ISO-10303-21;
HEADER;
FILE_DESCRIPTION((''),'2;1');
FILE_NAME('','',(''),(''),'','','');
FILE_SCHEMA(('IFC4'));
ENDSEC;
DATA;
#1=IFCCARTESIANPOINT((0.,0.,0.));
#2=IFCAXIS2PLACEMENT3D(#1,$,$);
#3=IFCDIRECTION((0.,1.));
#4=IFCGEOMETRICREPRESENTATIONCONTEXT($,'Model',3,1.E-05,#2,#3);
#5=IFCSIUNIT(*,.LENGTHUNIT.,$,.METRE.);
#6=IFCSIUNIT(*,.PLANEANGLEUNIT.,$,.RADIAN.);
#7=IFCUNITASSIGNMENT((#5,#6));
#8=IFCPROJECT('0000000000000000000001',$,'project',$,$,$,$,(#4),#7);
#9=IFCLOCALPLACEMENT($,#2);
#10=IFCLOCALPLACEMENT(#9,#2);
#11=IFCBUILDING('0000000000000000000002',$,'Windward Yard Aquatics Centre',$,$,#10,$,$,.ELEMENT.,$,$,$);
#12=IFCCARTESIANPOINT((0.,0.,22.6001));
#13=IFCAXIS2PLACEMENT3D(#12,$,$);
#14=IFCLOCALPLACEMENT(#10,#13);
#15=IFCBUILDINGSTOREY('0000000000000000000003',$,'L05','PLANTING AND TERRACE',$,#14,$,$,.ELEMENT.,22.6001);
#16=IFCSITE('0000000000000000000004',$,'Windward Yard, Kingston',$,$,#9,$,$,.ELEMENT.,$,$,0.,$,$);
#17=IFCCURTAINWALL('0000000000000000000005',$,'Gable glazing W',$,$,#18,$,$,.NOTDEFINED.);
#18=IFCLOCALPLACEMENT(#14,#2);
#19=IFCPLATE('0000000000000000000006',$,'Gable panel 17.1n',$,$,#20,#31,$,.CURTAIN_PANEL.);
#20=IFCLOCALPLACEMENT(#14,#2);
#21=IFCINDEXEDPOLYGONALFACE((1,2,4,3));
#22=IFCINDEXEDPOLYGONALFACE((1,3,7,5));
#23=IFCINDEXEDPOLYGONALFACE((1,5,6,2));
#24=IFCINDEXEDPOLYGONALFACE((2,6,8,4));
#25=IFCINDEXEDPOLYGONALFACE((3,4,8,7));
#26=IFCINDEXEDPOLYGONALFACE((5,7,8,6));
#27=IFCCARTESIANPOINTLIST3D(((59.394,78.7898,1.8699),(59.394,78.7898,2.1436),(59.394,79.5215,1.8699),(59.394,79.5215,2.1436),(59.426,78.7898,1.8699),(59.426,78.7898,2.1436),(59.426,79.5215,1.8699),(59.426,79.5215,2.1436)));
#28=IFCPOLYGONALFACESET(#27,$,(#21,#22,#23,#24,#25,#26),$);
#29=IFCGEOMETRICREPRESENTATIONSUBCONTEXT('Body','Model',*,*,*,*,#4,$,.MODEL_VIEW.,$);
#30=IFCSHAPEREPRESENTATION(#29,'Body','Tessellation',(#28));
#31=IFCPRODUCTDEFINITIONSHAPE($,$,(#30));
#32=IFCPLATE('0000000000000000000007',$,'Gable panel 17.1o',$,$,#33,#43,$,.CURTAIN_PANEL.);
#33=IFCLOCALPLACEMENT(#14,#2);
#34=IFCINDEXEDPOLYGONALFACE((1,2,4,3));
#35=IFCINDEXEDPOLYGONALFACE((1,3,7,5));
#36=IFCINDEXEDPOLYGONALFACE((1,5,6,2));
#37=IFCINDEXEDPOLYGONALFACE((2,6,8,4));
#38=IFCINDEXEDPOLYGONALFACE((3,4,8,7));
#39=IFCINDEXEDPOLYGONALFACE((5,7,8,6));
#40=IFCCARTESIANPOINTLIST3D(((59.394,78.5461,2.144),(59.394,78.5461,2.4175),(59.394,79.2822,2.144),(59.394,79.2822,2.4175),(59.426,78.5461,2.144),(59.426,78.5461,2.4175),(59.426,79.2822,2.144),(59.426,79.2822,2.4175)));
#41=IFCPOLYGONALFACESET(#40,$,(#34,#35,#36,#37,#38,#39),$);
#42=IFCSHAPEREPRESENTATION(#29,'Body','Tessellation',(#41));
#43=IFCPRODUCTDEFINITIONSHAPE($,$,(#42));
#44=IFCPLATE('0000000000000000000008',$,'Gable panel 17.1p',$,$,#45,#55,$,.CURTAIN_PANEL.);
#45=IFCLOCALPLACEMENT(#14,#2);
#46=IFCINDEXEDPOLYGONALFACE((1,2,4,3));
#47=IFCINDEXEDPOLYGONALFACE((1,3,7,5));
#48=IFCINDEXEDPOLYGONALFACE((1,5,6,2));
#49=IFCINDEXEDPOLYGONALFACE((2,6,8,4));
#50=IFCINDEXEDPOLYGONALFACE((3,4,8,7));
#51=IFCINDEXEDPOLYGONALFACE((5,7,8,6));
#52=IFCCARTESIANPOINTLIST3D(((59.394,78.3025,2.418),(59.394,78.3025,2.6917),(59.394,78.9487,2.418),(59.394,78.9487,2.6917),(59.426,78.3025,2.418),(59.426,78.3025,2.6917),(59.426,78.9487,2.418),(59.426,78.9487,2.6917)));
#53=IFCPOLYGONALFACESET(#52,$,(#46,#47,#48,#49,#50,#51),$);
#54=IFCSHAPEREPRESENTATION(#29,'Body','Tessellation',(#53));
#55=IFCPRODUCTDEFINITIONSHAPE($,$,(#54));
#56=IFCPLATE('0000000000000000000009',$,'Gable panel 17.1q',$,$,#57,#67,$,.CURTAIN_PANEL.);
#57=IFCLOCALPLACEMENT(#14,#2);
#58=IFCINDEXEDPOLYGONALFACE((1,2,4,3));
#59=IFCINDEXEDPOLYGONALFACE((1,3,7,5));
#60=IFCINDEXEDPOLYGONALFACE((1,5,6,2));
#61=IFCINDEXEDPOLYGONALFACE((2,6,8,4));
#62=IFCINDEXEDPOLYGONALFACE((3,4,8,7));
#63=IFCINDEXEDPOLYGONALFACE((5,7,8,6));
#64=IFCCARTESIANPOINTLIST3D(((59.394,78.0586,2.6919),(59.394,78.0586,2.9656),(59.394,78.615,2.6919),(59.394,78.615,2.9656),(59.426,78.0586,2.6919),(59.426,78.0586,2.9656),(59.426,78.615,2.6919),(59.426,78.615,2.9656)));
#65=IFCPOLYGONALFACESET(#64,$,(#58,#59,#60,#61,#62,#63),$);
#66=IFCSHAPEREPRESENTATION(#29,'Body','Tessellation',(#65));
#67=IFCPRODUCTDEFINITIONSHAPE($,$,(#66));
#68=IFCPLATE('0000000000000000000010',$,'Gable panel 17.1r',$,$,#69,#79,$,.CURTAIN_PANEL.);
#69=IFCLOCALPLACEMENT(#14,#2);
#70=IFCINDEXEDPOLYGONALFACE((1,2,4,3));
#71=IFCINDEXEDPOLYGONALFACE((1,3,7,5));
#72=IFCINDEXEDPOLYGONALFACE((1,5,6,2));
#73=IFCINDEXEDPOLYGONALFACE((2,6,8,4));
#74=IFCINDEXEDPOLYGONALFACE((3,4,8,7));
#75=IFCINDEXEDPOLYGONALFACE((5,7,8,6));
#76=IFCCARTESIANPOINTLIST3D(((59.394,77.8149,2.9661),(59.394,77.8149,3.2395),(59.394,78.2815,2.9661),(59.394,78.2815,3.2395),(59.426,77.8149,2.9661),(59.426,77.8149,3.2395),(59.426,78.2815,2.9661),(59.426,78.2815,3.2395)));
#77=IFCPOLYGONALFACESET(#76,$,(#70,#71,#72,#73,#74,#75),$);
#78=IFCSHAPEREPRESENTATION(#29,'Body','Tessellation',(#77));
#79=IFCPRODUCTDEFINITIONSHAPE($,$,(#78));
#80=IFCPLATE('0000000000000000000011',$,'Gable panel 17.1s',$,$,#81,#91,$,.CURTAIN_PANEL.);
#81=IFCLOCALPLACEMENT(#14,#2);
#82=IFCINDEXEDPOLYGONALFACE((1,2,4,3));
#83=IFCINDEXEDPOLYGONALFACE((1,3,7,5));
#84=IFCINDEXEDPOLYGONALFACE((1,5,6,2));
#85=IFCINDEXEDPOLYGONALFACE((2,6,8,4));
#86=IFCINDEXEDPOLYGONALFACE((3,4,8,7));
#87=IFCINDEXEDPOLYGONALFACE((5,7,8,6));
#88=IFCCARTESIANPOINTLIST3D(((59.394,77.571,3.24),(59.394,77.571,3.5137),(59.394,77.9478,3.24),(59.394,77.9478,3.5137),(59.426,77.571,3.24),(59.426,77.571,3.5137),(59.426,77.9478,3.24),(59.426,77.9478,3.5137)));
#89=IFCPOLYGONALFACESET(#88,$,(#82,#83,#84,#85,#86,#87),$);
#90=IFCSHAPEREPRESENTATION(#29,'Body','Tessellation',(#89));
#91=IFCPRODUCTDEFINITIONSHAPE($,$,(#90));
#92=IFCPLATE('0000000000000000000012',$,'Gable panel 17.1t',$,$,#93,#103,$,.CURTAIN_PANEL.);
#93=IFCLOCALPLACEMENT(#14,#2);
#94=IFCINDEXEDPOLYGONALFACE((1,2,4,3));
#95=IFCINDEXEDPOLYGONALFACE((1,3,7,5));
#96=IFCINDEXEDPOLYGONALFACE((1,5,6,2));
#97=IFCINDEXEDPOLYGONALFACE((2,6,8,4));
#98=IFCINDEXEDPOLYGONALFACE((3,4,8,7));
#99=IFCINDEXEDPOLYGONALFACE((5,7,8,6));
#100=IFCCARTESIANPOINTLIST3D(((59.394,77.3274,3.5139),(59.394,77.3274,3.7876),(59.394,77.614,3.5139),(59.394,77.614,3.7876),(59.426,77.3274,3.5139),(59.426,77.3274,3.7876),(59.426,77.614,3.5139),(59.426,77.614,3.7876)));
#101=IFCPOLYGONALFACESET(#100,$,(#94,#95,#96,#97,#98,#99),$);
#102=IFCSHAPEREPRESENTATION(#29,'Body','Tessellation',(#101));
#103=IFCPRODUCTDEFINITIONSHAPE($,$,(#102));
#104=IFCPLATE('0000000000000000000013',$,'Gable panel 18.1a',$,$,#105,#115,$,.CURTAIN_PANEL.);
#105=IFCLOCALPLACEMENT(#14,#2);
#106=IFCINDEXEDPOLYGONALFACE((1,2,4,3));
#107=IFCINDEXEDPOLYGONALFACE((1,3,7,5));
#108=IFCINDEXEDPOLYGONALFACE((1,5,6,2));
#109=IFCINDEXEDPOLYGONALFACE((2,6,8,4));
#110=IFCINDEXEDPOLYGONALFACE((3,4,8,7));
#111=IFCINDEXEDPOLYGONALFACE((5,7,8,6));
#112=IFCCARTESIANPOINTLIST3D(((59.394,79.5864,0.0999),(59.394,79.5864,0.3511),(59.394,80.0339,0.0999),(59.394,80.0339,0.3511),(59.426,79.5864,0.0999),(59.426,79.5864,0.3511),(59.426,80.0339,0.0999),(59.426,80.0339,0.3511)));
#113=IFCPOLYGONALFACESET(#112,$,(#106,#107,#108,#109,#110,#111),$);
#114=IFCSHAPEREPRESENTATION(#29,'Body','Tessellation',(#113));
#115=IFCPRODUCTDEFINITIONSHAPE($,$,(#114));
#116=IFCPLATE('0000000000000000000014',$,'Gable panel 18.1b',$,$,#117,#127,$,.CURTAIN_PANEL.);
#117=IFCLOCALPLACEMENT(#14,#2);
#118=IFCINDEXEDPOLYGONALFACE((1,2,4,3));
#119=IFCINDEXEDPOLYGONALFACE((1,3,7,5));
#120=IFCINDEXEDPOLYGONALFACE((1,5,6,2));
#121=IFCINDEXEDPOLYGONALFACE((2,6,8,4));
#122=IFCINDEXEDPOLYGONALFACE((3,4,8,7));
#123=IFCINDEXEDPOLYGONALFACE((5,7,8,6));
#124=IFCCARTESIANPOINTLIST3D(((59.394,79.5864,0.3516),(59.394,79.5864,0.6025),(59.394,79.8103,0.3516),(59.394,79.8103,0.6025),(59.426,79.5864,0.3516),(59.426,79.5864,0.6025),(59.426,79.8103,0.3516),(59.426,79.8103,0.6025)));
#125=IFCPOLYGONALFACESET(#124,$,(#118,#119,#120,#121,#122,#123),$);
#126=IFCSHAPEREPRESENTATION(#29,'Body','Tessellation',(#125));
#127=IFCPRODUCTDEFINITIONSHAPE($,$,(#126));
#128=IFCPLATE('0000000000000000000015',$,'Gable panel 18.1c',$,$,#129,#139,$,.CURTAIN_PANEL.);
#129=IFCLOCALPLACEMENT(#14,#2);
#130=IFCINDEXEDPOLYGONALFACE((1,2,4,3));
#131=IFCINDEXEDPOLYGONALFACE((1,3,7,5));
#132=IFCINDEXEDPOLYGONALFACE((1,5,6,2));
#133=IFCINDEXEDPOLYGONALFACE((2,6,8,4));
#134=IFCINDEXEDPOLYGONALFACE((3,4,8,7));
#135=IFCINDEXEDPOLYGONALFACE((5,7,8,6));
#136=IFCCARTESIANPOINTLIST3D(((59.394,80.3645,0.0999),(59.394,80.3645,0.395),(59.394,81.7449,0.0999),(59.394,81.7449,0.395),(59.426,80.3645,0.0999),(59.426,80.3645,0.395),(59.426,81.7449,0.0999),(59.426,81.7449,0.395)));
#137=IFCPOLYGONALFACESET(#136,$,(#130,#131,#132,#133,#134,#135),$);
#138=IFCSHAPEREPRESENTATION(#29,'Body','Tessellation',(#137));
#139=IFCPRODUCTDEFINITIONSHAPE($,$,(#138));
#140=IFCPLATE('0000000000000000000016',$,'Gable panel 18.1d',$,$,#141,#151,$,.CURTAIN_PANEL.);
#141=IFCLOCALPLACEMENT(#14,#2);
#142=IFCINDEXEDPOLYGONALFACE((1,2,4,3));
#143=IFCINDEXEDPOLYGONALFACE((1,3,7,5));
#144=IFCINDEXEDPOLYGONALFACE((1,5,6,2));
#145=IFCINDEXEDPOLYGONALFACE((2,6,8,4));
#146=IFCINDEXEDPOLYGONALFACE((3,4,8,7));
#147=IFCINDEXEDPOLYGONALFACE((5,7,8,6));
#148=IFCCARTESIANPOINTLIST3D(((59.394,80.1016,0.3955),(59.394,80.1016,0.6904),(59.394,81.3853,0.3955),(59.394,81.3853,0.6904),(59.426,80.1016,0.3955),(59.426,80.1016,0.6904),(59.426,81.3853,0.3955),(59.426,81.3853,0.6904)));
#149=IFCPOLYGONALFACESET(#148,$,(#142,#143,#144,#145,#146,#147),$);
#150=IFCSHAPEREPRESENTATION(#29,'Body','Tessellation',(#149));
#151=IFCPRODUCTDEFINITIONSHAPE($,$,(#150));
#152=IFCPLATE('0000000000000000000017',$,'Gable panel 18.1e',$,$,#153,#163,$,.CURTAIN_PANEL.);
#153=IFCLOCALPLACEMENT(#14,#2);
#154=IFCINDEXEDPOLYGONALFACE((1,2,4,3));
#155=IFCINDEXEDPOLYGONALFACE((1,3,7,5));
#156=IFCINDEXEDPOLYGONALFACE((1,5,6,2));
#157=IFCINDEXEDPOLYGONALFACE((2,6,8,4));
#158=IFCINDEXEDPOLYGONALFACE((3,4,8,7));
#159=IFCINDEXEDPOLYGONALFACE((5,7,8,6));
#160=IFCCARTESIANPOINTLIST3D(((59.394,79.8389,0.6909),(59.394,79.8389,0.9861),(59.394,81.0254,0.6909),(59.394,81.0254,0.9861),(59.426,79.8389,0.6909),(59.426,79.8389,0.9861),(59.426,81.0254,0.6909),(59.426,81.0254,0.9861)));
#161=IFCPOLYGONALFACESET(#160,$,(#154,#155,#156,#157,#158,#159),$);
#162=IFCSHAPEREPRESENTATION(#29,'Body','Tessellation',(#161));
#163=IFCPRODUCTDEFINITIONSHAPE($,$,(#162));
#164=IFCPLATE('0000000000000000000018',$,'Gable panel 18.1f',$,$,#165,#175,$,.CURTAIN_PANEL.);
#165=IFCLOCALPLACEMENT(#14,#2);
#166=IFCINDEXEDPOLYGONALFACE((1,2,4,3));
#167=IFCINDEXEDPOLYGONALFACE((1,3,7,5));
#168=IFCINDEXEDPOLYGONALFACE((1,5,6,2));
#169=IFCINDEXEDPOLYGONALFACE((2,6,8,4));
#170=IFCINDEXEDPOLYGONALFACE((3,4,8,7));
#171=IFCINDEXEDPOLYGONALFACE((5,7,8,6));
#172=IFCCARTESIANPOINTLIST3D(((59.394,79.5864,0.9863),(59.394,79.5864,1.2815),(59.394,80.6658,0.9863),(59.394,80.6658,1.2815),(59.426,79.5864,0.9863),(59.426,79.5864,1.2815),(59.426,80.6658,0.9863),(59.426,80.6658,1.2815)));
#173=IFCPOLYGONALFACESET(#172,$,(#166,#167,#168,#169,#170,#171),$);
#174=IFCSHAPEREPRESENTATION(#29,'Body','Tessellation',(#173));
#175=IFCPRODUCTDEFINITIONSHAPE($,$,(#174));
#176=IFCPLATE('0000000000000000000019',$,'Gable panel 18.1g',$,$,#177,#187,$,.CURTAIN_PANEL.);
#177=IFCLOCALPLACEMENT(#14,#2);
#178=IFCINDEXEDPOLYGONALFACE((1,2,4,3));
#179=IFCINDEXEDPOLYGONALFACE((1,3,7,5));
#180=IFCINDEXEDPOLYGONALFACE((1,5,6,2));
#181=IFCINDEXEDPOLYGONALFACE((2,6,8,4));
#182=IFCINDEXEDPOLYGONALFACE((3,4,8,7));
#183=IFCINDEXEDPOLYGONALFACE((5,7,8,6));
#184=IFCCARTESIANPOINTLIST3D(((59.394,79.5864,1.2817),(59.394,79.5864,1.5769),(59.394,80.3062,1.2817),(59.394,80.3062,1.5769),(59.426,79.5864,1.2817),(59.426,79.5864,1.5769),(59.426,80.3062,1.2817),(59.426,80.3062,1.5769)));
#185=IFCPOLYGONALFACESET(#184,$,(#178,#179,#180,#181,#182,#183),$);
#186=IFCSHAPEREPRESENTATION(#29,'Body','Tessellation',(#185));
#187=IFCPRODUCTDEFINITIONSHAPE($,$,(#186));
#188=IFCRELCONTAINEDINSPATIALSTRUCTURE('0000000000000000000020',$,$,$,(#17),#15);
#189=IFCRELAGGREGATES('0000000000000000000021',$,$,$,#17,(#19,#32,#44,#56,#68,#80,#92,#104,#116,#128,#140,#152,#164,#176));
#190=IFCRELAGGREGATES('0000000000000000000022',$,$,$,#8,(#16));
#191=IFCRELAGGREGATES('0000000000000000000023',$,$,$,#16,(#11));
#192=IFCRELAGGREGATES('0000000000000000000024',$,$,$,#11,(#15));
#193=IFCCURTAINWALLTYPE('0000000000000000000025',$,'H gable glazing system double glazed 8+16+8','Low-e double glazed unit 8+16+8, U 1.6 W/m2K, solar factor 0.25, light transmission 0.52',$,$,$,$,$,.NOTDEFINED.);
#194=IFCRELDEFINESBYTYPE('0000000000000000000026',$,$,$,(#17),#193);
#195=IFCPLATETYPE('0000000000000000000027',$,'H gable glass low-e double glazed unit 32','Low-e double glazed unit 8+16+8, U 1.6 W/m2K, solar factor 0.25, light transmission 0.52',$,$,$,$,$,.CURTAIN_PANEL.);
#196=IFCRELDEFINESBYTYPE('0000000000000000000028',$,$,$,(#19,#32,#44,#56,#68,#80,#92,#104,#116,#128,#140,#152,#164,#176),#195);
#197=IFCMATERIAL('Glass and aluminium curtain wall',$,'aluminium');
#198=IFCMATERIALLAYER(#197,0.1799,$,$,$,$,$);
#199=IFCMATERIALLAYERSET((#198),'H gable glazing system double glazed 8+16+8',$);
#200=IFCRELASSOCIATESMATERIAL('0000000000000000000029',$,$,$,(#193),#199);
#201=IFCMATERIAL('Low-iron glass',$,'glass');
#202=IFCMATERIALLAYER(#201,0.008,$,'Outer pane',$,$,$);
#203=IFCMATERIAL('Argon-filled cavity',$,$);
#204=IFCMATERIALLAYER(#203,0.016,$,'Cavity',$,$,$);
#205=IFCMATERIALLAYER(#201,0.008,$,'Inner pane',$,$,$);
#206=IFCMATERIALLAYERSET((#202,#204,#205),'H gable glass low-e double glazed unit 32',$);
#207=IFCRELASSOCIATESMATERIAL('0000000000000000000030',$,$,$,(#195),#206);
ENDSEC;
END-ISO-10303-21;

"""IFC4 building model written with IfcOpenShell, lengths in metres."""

from ifc_helpers import new_model, si_unit, direction, frame, origin, place, context, subcontext, project, spatial, polyline, outline, extrude, material, layer, layer_set, type_object, element, aggregate, save


model = new_model("IFC4")

# Units and contexts
model_context = context("Model", 3, precision=1e-05, world=origin(), true_north=direction((0.0, 1.0)))
body_context = subcontext(model_context, "Body", "Model", "MODEL_VIEW")
ifc_project = project(units=[si_unit("LENGTHUNIT", "METRE"), si_unit("PLANEANGLEUNIT", "RADIAN")], contexts=[model_context])

# Site, building, storey
site_placement = place(None, origin())
site = spatial("IfcSite", under=ifc_project, at=site_placement, Name="Windward Yard, Kingston", CompositionType="ELEMENT", RefElevation=0.0)
building_placement = place(site_placement, origin())
building = spatial("IfcBuilding", under=site, at=building_placement, Name="Windward Yard Aquatics Centre", CompositionType="ELEMENT")
storey_placement = place(building_placement, frame((0.0, 0.0, 22.6001)))
storey = spatial("IfcBuildingStorey", under=building, at=storey_placement, Name="L05", Description="PLANTING AND TERRACE", CompositionType="ELEMENT", Elevation=22.6001)

# Curtain wall, plates
ifc_material_1 = material(Name="Glass and aluminium curtain wall", Category="aluminium")
ifc_layer_1 = layer(ifc_material_1, 0.1799)
ifc_layer_set_1 = layer_set([ifc_layer_1], Name="H gable glazing system double glazed 8+16+8")
curtain_wall_type = type_object("IfcCurtainWallType", Name="H gable glazing system double glazed 8+16+8", Description="Low-e double glazed unit 8+16+8, U 1.6 W/m2K, solar factor 0.25, light transmission 0.52", PredefinedType="NOTDEFINED", material=ifc_layer_set_1)
curtain_wall_placement = place(storey_placement, origin())
curtain_wall = element("IfcCurtainWall", 1, at=curtain_wall_placement, inside=storey, type_object=curtain_wall_type, Name="Gable glazing W", PredefinedType="NOTDEFINED")
ifc_material_2 = material(Name="Low-iron glass", Category="glass")
ifc_layer_2 = layer(ifc_material_2, 0.008, Name="Outer pane")
ifc_material_3 = material(Name="Argon-filled cavity")
ifc_layer_3 = layer(ifc_material_3, 0.016, Name="Cavity")
ifc_layer_4 = layer(ifc_material_2, 0.008, Name="Inner pane")
ifc_layer_set_2 = layer_set([ifc_layer_2, ifc_layer_3, ifc_layer_4], Name="H gable glass low-e double glazed unit 32")
plate_type = type_object("IfcPlateType", Name="H gable glass low-e double glazed unit 32", Description="Low-e double glazed unit 8+16+8, U 1.6 W/m2K, solar factor 0.25, light transmission 0.52", PredefinedType="CURTAIN_PANEL", material=ifc_layer_set_2)
plate_1_placement = place(storey_placement, frame((59.426, 78.7898, 1.8699), z_axis=(1.0, 0.0, 0.0), x_axis=(0.0, 1.0, 0.0)))
plate_1 = element("IfcPlate", 2, at=plate_1_placement, type_object=plate_type, Name="Gable panel 17.1n", PredefinedType="CURTAIN_PANEL", context=body_context, shape_type="SweptSolid", body=[
    extrude(outline(polyline([(0.0, 0.0), (0.7317, 0.0), (0.7317, 0.2737), (0.0, 0.2737), (0.0, 0.0)])), origin(), (0.0, 0.0, -1.0), 0.032),
])
plate_2_placement = place(storey_placement, frame((59.426, 78.5461, 2.144), z_axis=(1.0, 0.0, 0.0), x_axis=(0.0, 1.0, 0.0)))
plate_2 = element("IfcPlate", 3, at=plate_2_placement, type_object=plate_type, Name="Gable panel 17.1o", PredefinedType="CURTAIN_PANEL", context=body_context, shape_type="SweptSolid", body=[
    extrude(outline(polyline([(0.0, 0.0), (0.7361, 0.0), (0.7361, 0.2734), (0.0, 0.2734), (0.0, 0.0)])), origin(), (0.0, 0.0, -1.0), 0.032),
])
plate_3_placement = place(storey_placement, frame((59.426, 78.3025, 2.418), z_axis=(1.0, 0.0, 0.0), x_axis=(0.0, 1.0, 0.0)))
plate_3 = element("IfcPlate", 4, at=plate_3_placement, type_object=plate_type, Name="Gable panel 17.1p", PredefinedType="CURTAIN_PANEL", context=body_context, shape_type="SweptSolid", body=[
    extrude(outline(polyline([(0.0, 0.0), (0.6462, 0.0), (0.6462, 0.2737), (0.0, 0.2737), (0.0, 0.0)])), origin(), (0.0, 0.0, -1.0), 0.032),
])
plate_4_placement = place(storey_placement, frame((59.426, 78.0586, 2.6919), z_axis=(1.0, 0.0, 0.0), x_axis=(0.0, 1.0, 0.0)))
plate_4 = element("IfcPlate", 5, at=plate_4_placement, type_object=plate_type, Name="Gable panel 17.1q", PredefinedType="CURTAIN_PANEL", context=body_context, shape_type="SweptSolid", body=[
    extrude(outline(polyline([(0.0, 0.0), (0.5564, 0.0), (0.5564, 0.2737), (0.0, 0.2737), (0.0, 0.0)])), origin(), (0.0, 0.0, -1.0), 0.032),
])
plate_5_placement = place(storey_placement, frame((59.426, 77.8149, 2.9661), z_axis=(1.0, 0.0, 0.0), x_axis=(0.0, 1.0, 0.0)))
plate_5 = element("IfcPlate", 6, at=plate_5_placement, type_object=plate_type, Name="Gable panel 17.1r", PredefinedType="CURTAIN_PANEL", context=body_context, shape_type="SweptSolid", body=[
    extrude(outline(polyline([(0.0, 0.0), (0.4666, 0.0), (0.4666, 0.2734), (0.0, 0.2734), (0.0, 0.0)])), origin(), (0.0, 0.0, -1.0), 0.032),
])
plate_6_placement = place(storey_placement, frame((59.426, 77.571, 3.24), z_axis=(1.0, 0.0, 0.0), x_axis=(0.0, 1.0, 0.0)))
plate_6 = element("IfcPlate", 7, at=plate_6_placement, type_object=plate_type, Name="Gable panel 17.1s", PredefinedType="CURTAIN_PANEL", context=body_context, shape_type="SweptSolid", body=[
    extrude(outline(polyline([(0.0, 0.0), (0.3767, 0.0), (0.3767, 0.2737), (0.0, 0.2737), (0.0, 0.0)])), origin(), (0.0, 0.0, -1.0), 0.032),
])
plate_7_placement = place(storey_placement, frame((59.426, 77.3274, 3.5139), z_axis=(1.0, 0.0, 0.0), x_axis=(0.0, 1.0, 0.0)))
plate_7 = element("IfcPlate", 8, at=plate_7_placement, type_object=plate_type, Name="Gable panel 17.1t", PredefinedType="CURTAIN_PANEL", context=body_context, shape_type="SweptSolid", body=[
    extrude(outline(polyline([(0.0, 0.0), (0.2866, 0.0), (0.2866, 0.2737), (0.0, 0.2737), (0.0, 0.0)])), origin(), (0.0, 0.0, -1.0), 0.032),
])
plate_8_placement = place(storey_placement, frame((59.426, 79.5864, 0.0999), z_axis=(1.0, 0.0, 0.0), x_axis=(0.0, 1.0, 0.0)))
plate_8 = element("IfcPlate", 9, at=plate_8_placement, type_object=plate_type, Name="Gable panel 18.1a", PredefinedType="CURTAIN_PANEL", context=body_context, shape_type="SweptSolid", body=[
    extrude(outline(polyline([(0.0, 0.0), (0.4475, 0.0), (0.4475, 0.2512), (0.0, 0.2512), (0.0, 0.0)])), origin(), (0.0, 0.0, -1.0), 0.032),
])
plate_9_placement = place(storey_placement, frame((59.426, 79.5864, 0.3516), z_axis=(1.0, 0.0, 0.0), x_axis=(0.0, 1.0, 0.0)))
plate_9 = element("IfcPlate", 10, at=plate_9_placement, type_object=plate_type, Name="Gable panel 18.1b", PredefinedType="CURTAIN_PANEL", context=body_context, shape_type="SweptSolid", body=[
    extrude(outline(polyline([(0.0, 0.0), (0.2239, 0.0), (0.2239, 0.251), (0.0, 0.251), (0.0, 0.0)])), origin(), (0.0, 0.0, -1.0), 0.032),
])
plate_10_placement = place(storey_placement, frame((59.426, 80.3645, 0.0999), z_axis=(1.0, 0.0, 0.0), x_axis=(0.0, 1.0, 0.0)))
plate_10 = element("IfcPlate", 11, at=plate_10_placement, type_object=plate_type, Name="Gable panel 18.1c", PredefinedType="CURTAIN_PANEL", context=body_context, shape_type="SweptSolid", body=[
    extrude(outline(polyline([(0.0, 0.0), (1.3804, 0.0), (1.3804, 0.2952), (0.0, 0.2952), (0.0, 0.0)])), origin(), (0.0, 0.0, -1.0), 0.032),
])
plate_11_placement = place(storey_placement, frame((59.426, 80.1016, 0.3955), z_axis=(1.0, 0.0, 0.0), x_axis=(0.0, 1.0, 0.0)))
plate_11 = element("IfcPlate", 12, at=plate_11_placement, type_object=plate_type, Name="Gable panel 18.1d", PredefinedType="CURTAIN_PANEL", context=body_context, shape_type="SweptSolid", body=[
    extrude(outline(polyline([(0.0, 0.0), (1.2837, 0.0), (1.2837, 0.2949), (0.0, 0.2949), (0.0, 0.0)])), origin(), (0.0, 0.0, -1.0), 0.032),
])
plate_12_placement = place(storey_placement, frame((59.426, 79.8389, 0.6909), z_axis=(1.0, 0.0, 0.0), x_axis=(0.0, 1.0, 0.0)))
plate_12 = element("IfcPlate", 13, at=plate_12_placement, type_object=plate_type, Name="Gable panel 18.1e", PredefinedType="CURTAIN_PANEL", context=body_context, shape_type="SweptSolid", body=[
    extrude(outline(polyline([(0.0, 0.0), (1.1865, 0.0), (1.1865, 0.2952), (0.0, 0.2952), (0.0, 0.0)])), origin(), (0.0, 0.0, -1.0), 0.032),
])
plate_13_placement = place(storey_placement, frame((59.426, 79.5864, 0.9863), z_axis=(1.0, 0.0, 0.0), x_axis=(0.0, 1.0, 0.0)))
plate_13 = element("IfcPlate", 14, at=plate_13_placement, type_object=plate_type, Name="Gable panel 18.1f", PredefinedType="CURTAIN_PANEL", context=body_context, shape_type="SweptSolid", body=[
    extrude(outline(polyline([(0.0, 0.0), (1.0793, 0.0), (1.0793, 0.2952), (0.0, 0.2952), (0.0, 0.0)])), origin(), (0.0, 0.0, -1.0), 0.032),
])
plate_14_placement = place(storey_placement, frame((59.426, 79.5864, 1.2817), z_axis=(1.0, 0.0, 0.0), x_axis=(0.0, 1.0, 0.0)))
plate_14 = element("IfcPlate", 15, at=plate_14_placement, type_object=plate_type, Name="Gable panel 18.1g", PredefinedType="CURTAIN_PANEL", context=body_context, shape_type="SweptSolid", body=[
    extrude(outline(polyline([(0.0, 0.0), (0.7197, 0.0), (0.7197, 0.2952), (0.0, 0.2952), (0.0, 0.0)])), origin(), (0.0, 0.0, -1.0), 0.032),
])

aggregate(curtain_wall, [plate_1, plate_2, plate_3, plate_4, plate_5, plate_6, plate_7, plate_8, plate_9, plate_10, plate_11, plate_12, plate_13, plate_14])

save(model, "model.ifc")
